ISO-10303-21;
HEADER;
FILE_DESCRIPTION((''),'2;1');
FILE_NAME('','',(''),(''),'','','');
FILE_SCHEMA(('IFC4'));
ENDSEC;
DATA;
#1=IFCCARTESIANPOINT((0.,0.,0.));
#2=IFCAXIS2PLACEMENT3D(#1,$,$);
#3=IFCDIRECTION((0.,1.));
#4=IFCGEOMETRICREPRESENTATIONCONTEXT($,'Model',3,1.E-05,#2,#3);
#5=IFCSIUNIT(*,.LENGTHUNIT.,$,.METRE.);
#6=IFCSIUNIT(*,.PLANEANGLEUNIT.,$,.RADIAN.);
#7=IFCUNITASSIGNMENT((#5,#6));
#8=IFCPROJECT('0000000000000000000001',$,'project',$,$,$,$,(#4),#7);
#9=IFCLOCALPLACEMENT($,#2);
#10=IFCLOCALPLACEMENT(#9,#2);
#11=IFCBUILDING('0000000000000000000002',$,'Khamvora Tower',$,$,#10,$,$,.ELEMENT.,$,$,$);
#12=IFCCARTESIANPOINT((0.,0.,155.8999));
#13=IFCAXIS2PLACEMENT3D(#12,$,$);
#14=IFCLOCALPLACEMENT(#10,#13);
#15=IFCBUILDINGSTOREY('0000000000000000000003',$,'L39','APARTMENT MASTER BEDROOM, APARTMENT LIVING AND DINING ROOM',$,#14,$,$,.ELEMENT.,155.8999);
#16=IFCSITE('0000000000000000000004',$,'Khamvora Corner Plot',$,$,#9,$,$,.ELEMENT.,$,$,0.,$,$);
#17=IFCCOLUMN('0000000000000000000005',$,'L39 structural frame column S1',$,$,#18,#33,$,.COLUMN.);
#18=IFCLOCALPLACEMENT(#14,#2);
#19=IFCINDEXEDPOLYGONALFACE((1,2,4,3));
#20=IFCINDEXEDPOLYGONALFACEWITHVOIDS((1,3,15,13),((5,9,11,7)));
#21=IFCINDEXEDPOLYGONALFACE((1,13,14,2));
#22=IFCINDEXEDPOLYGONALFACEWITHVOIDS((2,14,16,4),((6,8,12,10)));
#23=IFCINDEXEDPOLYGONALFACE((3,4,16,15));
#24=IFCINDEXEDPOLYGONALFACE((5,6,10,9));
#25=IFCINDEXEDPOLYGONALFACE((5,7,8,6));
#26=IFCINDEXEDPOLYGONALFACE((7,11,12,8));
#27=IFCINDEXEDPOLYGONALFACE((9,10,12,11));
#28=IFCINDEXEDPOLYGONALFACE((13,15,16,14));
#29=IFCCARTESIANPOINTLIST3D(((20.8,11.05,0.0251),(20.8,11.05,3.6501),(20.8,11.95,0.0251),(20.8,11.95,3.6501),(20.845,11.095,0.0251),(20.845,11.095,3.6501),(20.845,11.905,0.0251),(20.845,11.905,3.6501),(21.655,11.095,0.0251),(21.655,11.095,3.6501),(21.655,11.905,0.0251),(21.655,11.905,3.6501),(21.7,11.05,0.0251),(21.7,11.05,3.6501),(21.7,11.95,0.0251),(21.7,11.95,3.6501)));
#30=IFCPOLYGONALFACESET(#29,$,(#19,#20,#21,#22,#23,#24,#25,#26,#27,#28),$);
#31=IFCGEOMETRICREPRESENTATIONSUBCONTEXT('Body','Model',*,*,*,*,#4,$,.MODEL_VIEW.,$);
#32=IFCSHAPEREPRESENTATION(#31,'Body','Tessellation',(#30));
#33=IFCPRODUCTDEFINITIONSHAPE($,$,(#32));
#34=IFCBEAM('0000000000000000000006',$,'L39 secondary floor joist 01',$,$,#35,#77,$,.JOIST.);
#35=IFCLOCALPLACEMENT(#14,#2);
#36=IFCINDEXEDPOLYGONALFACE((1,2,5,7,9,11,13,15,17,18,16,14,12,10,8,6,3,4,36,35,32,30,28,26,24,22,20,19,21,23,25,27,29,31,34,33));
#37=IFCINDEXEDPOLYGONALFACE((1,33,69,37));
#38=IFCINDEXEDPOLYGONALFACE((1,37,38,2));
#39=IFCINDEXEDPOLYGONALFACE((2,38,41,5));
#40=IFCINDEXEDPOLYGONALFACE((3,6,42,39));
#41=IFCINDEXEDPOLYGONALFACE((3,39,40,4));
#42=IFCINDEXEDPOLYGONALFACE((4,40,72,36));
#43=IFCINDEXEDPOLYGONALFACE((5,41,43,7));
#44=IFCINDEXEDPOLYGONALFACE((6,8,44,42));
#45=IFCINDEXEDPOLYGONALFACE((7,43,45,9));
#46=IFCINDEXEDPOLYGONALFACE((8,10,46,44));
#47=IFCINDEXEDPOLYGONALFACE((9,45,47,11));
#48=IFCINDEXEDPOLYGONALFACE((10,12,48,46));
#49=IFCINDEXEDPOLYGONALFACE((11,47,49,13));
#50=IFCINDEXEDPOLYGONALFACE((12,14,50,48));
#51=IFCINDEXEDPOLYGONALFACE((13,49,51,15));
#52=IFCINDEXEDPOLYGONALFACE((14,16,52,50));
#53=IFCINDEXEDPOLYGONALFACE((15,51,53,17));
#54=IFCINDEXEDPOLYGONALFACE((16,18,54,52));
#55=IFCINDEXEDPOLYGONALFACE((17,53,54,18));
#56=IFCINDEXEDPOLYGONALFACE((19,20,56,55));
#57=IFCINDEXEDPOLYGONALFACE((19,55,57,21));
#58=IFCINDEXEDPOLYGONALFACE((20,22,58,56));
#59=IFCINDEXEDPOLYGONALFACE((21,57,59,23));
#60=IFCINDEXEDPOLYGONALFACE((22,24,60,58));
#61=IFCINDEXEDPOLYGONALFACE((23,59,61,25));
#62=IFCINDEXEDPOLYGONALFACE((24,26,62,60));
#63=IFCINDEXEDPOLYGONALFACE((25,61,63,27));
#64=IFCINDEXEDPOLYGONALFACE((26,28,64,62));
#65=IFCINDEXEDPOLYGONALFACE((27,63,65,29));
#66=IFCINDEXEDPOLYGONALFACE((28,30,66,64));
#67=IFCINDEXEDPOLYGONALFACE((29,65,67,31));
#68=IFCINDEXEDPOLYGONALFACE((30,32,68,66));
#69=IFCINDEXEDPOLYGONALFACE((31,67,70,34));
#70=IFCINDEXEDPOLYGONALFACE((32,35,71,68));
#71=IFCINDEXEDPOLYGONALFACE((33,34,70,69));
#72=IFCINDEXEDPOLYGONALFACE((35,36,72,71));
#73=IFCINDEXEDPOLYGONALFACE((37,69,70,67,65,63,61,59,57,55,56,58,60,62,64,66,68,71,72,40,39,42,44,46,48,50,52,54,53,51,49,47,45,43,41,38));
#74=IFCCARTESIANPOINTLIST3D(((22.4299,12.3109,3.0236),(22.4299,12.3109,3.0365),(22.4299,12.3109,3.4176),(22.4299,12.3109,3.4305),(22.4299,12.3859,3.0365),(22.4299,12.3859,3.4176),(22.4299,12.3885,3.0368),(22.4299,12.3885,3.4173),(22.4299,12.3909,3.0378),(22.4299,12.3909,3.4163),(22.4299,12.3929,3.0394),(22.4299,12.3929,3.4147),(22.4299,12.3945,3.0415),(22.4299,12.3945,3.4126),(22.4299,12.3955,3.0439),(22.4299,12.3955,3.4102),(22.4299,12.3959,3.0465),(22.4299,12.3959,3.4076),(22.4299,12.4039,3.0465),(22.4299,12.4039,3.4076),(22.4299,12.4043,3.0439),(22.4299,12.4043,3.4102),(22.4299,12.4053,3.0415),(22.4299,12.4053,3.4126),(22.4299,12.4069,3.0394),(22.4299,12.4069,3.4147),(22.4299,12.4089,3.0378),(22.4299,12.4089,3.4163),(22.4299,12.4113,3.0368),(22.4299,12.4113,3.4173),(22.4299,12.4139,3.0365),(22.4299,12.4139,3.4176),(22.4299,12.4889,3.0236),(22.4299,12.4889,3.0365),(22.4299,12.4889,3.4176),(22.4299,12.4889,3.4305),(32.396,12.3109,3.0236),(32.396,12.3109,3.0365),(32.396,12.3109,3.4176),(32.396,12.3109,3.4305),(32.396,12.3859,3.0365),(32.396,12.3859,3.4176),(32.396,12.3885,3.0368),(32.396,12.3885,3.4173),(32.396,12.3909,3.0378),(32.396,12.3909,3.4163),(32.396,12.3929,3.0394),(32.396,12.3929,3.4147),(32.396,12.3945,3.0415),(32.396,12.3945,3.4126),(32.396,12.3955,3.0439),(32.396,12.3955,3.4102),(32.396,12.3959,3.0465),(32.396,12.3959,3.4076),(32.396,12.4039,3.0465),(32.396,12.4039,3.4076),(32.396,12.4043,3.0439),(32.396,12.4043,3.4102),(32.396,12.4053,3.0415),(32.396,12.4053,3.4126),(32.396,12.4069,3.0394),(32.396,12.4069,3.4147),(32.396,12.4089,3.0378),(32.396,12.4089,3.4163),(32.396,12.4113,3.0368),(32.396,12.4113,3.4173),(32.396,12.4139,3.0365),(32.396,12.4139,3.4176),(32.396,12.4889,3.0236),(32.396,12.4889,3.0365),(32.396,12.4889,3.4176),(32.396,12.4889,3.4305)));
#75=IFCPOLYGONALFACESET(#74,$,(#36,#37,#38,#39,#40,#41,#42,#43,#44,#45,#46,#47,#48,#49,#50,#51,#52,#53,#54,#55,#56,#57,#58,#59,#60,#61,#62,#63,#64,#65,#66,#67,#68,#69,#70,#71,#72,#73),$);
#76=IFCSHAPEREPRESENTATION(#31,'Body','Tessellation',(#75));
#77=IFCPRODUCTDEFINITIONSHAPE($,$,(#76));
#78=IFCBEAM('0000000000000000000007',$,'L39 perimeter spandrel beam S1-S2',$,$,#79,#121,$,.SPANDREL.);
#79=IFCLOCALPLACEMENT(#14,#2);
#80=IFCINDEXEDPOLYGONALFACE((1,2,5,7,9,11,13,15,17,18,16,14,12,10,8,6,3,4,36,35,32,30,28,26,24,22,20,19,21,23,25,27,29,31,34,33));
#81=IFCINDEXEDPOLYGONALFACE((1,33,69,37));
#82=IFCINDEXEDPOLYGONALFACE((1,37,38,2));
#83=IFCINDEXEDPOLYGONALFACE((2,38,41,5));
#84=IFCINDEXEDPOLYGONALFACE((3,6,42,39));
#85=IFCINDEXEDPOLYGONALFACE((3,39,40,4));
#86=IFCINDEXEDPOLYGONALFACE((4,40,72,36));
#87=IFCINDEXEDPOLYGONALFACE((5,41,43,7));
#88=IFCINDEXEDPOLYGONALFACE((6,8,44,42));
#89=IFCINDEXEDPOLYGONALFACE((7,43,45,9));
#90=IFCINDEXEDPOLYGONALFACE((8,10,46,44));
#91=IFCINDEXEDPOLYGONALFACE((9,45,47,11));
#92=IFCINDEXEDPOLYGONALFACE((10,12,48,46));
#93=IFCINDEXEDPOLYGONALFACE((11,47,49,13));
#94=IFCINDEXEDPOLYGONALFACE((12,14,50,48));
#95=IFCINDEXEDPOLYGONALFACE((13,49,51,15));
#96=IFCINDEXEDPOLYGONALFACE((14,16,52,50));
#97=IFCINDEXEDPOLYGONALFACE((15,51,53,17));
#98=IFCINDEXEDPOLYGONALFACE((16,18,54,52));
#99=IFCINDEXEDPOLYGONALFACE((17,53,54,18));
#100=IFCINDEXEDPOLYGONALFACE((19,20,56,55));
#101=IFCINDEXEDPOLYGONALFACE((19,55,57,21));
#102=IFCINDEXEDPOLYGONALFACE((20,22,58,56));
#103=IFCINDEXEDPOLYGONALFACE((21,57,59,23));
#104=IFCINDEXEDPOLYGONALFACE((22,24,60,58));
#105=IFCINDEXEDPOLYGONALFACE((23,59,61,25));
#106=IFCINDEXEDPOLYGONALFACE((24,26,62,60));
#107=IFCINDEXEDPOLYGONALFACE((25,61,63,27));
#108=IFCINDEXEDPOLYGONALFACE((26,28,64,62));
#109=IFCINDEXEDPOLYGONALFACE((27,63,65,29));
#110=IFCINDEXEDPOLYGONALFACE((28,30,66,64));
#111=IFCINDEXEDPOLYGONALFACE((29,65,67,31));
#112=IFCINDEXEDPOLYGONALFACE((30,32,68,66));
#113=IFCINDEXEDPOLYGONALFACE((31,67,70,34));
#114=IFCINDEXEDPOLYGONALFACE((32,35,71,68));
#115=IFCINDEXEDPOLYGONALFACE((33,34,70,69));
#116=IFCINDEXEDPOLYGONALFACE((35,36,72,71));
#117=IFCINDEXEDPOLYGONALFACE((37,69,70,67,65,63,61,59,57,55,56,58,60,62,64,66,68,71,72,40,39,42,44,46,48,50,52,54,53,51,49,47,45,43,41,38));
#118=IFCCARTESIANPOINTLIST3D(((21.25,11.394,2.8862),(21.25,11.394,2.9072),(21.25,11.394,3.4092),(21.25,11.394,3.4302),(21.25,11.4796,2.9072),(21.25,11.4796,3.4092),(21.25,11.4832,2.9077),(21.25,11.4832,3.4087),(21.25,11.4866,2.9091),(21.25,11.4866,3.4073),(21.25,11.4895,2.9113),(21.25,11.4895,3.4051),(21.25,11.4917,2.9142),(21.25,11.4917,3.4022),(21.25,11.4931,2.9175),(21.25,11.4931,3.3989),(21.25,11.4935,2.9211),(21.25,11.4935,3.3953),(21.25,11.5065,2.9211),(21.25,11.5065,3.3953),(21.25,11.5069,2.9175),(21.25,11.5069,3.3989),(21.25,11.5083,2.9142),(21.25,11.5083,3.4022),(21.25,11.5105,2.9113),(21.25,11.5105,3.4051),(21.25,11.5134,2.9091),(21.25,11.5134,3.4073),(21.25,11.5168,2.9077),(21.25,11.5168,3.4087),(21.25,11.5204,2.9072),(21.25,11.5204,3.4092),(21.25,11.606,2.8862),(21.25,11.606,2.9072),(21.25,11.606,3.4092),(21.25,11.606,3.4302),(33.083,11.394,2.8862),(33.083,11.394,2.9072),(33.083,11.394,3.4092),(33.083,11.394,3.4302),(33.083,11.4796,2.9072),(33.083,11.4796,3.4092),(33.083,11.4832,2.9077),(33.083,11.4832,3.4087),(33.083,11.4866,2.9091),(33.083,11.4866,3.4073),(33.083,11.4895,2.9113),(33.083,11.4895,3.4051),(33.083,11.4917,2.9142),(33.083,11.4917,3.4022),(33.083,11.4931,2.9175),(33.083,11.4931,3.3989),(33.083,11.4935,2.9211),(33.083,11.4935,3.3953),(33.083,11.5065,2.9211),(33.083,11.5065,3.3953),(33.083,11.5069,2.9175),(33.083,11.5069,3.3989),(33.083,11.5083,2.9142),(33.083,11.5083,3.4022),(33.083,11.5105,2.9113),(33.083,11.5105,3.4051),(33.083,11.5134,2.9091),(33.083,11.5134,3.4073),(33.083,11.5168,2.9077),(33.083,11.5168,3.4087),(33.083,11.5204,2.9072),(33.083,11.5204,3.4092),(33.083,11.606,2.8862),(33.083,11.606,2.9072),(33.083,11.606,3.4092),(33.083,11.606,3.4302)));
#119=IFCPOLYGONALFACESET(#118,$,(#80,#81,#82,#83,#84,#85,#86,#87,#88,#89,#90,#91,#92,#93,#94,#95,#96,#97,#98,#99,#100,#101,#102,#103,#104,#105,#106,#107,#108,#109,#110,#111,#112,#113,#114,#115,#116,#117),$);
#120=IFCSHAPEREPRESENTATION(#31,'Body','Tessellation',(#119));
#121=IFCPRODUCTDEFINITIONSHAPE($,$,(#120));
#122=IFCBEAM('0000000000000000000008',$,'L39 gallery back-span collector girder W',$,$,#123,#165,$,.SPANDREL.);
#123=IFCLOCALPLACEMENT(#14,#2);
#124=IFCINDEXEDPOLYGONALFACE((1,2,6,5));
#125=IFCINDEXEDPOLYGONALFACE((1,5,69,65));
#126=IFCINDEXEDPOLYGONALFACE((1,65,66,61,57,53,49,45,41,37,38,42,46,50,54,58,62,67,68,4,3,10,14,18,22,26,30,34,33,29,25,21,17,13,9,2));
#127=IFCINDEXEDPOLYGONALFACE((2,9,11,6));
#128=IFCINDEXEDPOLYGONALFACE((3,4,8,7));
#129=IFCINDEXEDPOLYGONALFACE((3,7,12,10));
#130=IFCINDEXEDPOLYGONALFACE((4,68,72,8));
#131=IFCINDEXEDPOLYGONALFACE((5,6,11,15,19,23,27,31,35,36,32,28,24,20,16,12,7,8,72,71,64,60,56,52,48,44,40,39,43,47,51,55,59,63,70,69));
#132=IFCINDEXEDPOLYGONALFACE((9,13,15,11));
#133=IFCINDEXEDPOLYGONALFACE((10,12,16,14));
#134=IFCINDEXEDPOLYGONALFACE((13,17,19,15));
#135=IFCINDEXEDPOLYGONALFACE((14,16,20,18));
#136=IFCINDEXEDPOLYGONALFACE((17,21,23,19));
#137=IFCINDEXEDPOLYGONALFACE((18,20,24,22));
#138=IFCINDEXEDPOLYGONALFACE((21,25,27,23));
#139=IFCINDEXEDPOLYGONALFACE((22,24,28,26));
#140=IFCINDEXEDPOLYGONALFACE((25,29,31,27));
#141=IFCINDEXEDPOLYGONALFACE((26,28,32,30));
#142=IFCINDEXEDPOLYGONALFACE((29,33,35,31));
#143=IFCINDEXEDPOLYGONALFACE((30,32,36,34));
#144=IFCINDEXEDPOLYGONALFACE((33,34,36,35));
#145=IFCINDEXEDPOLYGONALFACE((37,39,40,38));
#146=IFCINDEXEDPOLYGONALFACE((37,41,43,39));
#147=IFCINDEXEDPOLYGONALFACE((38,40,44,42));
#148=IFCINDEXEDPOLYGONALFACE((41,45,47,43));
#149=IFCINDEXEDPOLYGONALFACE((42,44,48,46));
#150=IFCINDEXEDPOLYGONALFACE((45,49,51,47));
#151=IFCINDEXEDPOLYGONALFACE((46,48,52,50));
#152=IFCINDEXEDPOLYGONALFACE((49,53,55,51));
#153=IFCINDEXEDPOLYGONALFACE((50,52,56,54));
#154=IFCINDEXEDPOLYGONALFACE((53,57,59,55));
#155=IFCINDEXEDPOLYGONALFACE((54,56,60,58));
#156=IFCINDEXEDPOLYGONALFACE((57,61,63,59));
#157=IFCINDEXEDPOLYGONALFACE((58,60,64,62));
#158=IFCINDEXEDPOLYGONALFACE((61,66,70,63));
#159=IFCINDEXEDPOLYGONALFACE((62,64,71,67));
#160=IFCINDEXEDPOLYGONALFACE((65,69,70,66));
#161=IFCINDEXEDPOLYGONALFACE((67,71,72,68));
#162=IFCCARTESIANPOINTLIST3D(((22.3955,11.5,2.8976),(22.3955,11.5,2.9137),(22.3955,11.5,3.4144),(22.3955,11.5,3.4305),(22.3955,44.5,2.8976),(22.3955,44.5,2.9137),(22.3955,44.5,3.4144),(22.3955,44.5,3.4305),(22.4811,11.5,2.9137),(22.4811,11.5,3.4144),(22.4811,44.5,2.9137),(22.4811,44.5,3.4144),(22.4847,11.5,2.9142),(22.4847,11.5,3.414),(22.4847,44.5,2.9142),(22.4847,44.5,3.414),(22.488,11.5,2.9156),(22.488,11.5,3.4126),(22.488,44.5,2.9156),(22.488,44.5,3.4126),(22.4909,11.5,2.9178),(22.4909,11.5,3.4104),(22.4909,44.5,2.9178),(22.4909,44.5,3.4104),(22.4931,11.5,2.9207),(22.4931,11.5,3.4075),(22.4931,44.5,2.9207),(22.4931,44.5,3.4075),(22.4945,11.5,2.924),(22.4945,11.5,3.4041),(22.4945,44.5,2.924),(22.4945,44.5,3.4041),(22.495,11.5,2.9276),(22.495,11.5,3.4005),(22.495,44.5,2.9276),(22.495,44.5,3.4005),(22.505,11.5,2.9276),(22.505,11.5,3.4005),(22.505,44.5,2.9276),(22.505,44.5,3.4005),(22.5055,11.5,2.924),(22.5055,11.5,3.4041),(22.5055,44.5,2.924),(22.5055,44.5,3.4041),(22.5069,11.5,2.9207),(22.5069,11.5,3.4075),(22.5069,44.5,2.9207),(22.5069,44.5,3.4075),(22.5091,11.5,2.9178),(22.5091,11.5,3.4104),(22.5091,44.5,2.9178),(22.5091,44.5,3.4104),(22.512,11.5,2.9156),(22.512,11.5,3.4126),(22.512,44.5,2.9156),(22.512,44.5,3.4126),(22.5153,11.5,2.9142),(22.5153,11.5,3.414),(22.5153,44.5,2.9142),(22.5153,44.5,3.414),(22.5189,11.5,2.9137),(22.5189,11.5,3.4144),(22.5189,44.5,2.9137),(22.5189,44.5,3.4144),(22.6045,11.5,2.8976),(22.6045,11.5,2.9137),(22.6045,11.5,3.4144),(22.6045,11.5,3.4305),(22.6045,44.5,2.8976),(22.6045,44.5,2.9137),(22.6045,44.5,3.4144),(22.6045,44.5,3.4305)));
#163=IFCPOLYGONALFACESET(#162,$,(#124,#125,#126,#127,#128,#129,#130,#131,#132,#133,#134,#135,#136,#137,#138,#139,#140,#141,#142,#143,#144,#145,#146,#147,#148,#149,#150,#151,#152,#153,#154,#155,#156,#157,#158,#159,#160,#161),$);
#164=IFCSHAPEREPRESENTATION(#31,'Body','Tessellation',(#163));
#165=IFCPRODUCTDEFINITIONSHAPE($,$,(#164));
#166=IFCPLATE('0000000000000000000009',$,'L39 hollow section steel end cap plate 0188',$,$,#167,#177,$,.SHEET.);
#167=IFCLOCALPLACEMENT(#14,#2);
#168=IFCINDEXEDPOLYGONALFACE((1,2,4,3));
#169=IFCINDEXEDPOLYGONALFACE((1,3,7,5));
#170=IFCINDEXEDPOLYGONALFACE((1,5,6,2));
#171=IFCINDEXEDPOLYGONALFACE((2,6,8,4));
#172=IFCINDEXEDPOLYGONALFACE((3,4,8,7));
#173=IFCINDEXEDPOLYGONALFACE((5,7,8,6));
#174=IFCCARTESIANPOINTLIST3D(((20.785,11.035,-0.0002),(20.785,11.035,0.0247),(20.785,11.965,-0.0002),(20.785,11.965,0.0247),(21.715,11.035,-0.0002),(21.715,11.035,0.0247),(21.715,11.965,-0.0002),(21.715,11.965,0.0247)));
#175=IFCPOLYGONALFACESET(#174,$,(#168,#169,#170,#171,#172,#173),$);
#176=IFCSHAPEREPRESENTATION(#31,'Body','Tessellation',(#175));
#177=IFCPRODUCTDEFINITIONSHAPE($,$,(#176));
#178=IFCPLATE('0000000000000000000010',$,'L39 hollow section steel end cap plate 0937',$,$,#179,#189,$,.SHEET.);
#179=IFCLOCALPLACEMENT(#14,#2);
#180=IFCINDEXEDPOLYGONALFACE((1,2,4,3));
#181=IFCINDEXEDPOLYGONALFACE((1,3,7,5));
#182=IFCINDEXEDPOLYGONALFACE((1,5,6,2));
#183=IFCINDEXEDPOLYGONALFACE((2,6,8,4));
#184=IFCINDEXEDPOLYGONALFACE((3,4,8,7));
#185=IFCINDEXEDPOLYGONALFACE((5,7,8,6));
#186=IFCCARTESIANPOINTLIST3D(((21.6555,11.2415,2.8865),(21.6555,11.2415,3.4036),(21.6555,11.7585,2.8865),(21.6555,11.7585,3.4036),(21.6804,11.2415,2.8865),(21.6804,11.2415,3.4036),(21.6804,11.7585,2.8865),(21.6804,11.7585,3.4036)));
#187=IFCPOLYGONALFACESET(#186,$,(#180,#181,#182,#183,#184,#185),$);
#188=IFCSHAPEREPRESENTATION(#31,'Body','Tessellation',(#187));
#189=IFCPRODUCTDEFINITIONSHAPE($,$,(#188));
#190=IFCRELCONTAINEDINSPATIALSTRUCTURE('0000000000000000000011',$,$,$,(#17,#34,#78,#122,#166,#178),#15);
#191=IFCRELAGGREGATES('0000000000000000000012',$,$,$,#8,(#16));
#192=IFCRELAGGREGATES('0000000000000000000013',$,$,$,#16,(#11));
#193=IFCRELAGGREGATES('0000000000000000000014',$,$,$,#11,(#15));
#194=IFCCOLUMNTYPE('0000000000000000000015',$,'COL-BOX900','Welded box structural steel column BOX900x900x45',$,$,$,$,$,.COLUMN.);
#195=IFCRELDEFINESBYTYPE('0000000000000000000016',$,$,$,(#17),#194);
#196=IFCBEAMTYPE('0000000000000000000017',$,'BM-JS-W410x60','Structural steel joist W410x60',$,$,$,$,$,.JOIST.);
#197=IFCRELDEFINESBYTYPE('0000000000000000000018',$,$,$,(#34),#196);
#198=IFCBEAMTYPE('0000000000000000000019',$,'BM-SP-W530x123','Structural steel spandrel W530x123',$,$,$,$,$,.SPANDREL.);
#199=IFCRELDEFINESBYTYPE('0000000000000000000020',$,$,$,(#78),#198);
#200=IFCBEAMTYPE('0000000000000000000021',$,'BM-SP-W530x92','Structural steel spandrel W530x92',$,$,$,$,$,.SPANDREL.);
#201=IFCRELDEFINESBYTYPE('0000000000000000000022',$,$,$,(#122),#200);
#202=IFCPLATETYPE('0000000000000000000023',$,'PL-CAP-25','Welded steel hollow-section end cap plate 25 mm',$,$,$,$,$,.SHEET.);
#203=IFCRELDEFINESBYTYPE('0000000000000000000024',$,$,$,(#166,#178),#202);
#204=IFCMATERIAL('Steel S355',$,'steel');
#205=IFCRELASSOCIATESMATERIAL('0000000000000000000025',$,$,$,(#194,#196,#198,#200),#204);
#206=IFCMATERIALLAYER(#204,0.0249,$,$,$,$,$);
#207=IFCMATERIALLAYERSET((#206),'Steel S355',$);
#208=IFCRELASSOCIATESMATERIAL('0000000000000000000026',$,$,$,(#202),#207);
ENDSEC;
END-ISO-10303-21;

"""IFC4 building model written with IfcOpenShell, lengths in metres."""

from ifc_helpers import new_model, si_unit, direction, frame, origin, origin_2d, place, context, subcontext, project, spatial, rectangle, hollow_rectangle, i_section, extrude, material, layer, layer_set, material_profile, profile_set, type_object, element, save


model = new_model("IFC4")

# Units and contexts
model_context = context("Model", 3, precision=1e-05, world=origin(), true_north=direction((0.0, 1.0)))
body_context = subcontext(model_context, "Body", "Model", "MODEL_VIEW")
ifc_project = project(units=[si_unit("LENGTHUNIT", "METRE"), si_unit("PLANEANGLEUNIT", "RADIAN")], contexts=[model_context])

# Site, building, storey
site_placement = place(None, origin())
site = spatial("IfcSite", under=ifc_project, at=site_placement, Name="Khamvora Corner Plot", CompositionType="ELEMENT", RefElevation=0.0)
building_placement = place(site_placement, origin())
building = spatial("IfcBuilding", under=site, at=building_placement, Name="Khamvora Tower", CompositionType="ELEMENT")
storey_placement = place(building_placement, frame((0.0, 0.0, 155.8999)))
storey = spatial("IfcBuildingStorey", under=building, at=storey_placement, Name="L39", Description="APARTMENT MASTER BEDROOM, APARTMENT LIVING AND DINING ROOM", CompositionType="ELEMENT", Elevation=155.8999)

# Column
ifc_material_1 = material(Name="Steel S355", Category="steel")
ifc_material_profile_1 = material_profile(ifc_material_1, hollow_rectangle(XDim=0.8999, YDim=0.8999, WallThickness=0.0449, at=origin_2d()), Name="BOX900x900x45")
ifc_profile_set_1 = profile_set([ifc_material_profile_1], Name="Steel S355")
column_type = type_object("IfcColumnType", Name="COL-BOX900", Description="Welded box structural steel column BOX900x900x45", PredefinedType="COLUMN", material=ifc_profile_set_1)
column_placement = place(storey_placement, frame((21.25, 11.5, 0.0251), z_axis=(0.0, 0.0, 1.0), x_axis=(1.0, 0.0, 0.0)))
element("IfcColumn", 1, at=column_placement, inside=storey, type_object=column_type, Name="L39 structural frame column S1", PredefinedType="COLUMN", context=body_context, shape_type="SweptSolid", body=[
    extrude(hollow_rectangle(XDim=0.8999, YDim=0.8999, WallThickness=0.0449, at=origin_2d()), origin(), (0.0, 0.0, 1.0), 3.625),
])

# Beams
ifc_material_profile_2 = material_profile(ifc_material_1, i_section(OverallWidth=0.178, OverallDepth=0.407, WebThickness=0.0081, FlangeThickness=0.0129, FilletRadius=0.01, at=origin_2d()), Name="W410x60")
ifc_profile_set_2 = profile_set([ifc_material_profile_2], Name="Steel S355")
beam_type_1 = type_object("IfcBeamType", Name="BM-JS-W410x60", Description="Structural steel joist W410x60", PredefinedType="JOIST", material=ifc_profile_set_2)
beam_1_placement = place(storey_placement, frame((22.4299, 12.3999, 3.2271), z_axis=(1.0, 0.0, 0.0), x_axis=(0.0, 1.0, 0.0)))
element("IfcBeam", 2, at=beam_1_placement, inside=storey, type_object=beam_type_1, Name="L39 secondary floor joist 01", PredefinedType="JOIST", context=body_context, shape_type="SweptSolid", body=[
    extrude(i_section(OverallWidth=0.178, OverallDepth=0.407, WebThickness=0.0081, FlangeThickness=0.0129, FilletRadius=0.01, at=origin_2d()), origin(), (0.0, 0.0, 1.0), 9.9661),
])
ifc_material_profile_3 = material_profile(ifc_material_1, i_section(OverallWidth=0.2119, OverallDepth=0.5439, WebThickness=0.0129, FlangeThickness=0.021, FilletRadius=0.0139, at=origin_2d()), Name="W530x123")
ifc_profile_set_3 = profile_set([ifc_material_profile_3], Name="Steel S355")
beam_type_2 = type_object("IfcBeamType", Name="BM-SP-W530x123", Description="Structural steel spandrel W530x123", PredefinedType="SPANDREL", material=ifc_profile_set_3)
beam_2_placement = place(storey_placement, frame((21.25, 11.5, 3.1582), z_axis=(1.0, 0.0, 0.0), x_axis=(0.0, 1.0, 0.0)))
element("IfcBeam", 3, at=beam_2_placement, inside=storey, type_object=beam_type_2, Name="L39 perimeter spandrel beam S1-S2", PredefinedType="SPANDREL", context=body_context, shape_type="SweptSolid", body=[
    extrude(i_section(OverallWidth=0.2119, OverallDepth=0.5439, WebThickness=0.0129, FlangeThickness=0.021, FilletRadius=0.0139, at=origin_2d()), origin(), (0.0, 0.0, 1.0), 11.833),
])
ifc_material_profile_4 = material_profile(ifc_material_1, i_section(OverallWidth=0.209, OverallDepth=0.533, WebThickness=0.01, FlangeThickness=0.0161, FilletRadius=0.0139, at=origin_2d()), Name="W530x92")
ifc_profile_set_4 = profile_set([ifc_material_profile_4], Name="Steel S355")
beam_type_3 = type_object("IfcBeamType", Name="BM-SP-W530x92", Description="Structural steel spandrel W530x92", PredefinedType="SPANDREL", material=ifc_profile_set_4)
beam_3_placement = place(storey_placement, frame((22.5, 11.5, 3.1641), z_axis=(0.0, 1.0, 0.0), x_axis=(-1.0, 0.0, 0.0)))
element("IfcBeam", 4, at=beam_3_placement, inside=storey, type_object=beam_type_3, Name="L39 gallery back-span collector girder W", PredefinedType="SPANDREL", context=body_context, shape_type="SweptSolid", body=[
    extrude(i_section(OverallWidth=0.209, OverallDepth=0.533, WebThickness=0.01, FlangeThickness=0.0161, FilletRadius=0.0139, at=origin_2d()), origin(), (0.0, 0.0, 1.0), 33.0),
])

# Plates
ifc_layer_1 = layer(ifc_material_1, 0.0249)
ifc_layer_set_1 = layer_set([ifc_layer_1], Name="Steel S355")
plate_type_1 = type_object("IfcPlateType", Name="PL-CAP-25", Description="Welded steel hollow-section end cap plate 25 mm", PredefinedType="SHEET", material=ifc_layer_set_1)
plate_1_placement = place(storey_placement, frame((21.25, 11.5, -0.0002), z_axis=(0.0, 0.0, 1.0), x_axis=(1.0, 0.0, 0.0)))
element("IfcPlate", 5, at=plate_1_placement, inside=storey, type_object=plate_type_1, Name="L39 hollow section steel end cap plate 0188", PredefinedType="SHEET", context=body_context, shape_type="SweptSolid", body=[
    extrude(rectangle(XDim=0.9299, YDim=0.9299, at=origin_2d()), origin(), (0.0, 0.0, 1.0), 0.0249),
])
plate_2_placement = place(storey_placement, frame((21.668, 11.5, 2.8865), z_axis=(0.0, 0.0, 1.0), x_axis=(-1.0, 0.0, 0.0)))
element("IfcPlate", 6, at=plate_2_placement, inside=storey, type_object=plate_type_1, Name="L39 hollow section steel end cap plate 0937", PredefinedType="SHEET", context=body_context, shape_type="SweptSolid", body=[
    extrude(rectangle(XDim=0.0249, YDim=0.5171, at=origin_2d()), origin(), (0.0, 0.0, 1.0), 0.5171),
])

save(model, "model.ifc")
